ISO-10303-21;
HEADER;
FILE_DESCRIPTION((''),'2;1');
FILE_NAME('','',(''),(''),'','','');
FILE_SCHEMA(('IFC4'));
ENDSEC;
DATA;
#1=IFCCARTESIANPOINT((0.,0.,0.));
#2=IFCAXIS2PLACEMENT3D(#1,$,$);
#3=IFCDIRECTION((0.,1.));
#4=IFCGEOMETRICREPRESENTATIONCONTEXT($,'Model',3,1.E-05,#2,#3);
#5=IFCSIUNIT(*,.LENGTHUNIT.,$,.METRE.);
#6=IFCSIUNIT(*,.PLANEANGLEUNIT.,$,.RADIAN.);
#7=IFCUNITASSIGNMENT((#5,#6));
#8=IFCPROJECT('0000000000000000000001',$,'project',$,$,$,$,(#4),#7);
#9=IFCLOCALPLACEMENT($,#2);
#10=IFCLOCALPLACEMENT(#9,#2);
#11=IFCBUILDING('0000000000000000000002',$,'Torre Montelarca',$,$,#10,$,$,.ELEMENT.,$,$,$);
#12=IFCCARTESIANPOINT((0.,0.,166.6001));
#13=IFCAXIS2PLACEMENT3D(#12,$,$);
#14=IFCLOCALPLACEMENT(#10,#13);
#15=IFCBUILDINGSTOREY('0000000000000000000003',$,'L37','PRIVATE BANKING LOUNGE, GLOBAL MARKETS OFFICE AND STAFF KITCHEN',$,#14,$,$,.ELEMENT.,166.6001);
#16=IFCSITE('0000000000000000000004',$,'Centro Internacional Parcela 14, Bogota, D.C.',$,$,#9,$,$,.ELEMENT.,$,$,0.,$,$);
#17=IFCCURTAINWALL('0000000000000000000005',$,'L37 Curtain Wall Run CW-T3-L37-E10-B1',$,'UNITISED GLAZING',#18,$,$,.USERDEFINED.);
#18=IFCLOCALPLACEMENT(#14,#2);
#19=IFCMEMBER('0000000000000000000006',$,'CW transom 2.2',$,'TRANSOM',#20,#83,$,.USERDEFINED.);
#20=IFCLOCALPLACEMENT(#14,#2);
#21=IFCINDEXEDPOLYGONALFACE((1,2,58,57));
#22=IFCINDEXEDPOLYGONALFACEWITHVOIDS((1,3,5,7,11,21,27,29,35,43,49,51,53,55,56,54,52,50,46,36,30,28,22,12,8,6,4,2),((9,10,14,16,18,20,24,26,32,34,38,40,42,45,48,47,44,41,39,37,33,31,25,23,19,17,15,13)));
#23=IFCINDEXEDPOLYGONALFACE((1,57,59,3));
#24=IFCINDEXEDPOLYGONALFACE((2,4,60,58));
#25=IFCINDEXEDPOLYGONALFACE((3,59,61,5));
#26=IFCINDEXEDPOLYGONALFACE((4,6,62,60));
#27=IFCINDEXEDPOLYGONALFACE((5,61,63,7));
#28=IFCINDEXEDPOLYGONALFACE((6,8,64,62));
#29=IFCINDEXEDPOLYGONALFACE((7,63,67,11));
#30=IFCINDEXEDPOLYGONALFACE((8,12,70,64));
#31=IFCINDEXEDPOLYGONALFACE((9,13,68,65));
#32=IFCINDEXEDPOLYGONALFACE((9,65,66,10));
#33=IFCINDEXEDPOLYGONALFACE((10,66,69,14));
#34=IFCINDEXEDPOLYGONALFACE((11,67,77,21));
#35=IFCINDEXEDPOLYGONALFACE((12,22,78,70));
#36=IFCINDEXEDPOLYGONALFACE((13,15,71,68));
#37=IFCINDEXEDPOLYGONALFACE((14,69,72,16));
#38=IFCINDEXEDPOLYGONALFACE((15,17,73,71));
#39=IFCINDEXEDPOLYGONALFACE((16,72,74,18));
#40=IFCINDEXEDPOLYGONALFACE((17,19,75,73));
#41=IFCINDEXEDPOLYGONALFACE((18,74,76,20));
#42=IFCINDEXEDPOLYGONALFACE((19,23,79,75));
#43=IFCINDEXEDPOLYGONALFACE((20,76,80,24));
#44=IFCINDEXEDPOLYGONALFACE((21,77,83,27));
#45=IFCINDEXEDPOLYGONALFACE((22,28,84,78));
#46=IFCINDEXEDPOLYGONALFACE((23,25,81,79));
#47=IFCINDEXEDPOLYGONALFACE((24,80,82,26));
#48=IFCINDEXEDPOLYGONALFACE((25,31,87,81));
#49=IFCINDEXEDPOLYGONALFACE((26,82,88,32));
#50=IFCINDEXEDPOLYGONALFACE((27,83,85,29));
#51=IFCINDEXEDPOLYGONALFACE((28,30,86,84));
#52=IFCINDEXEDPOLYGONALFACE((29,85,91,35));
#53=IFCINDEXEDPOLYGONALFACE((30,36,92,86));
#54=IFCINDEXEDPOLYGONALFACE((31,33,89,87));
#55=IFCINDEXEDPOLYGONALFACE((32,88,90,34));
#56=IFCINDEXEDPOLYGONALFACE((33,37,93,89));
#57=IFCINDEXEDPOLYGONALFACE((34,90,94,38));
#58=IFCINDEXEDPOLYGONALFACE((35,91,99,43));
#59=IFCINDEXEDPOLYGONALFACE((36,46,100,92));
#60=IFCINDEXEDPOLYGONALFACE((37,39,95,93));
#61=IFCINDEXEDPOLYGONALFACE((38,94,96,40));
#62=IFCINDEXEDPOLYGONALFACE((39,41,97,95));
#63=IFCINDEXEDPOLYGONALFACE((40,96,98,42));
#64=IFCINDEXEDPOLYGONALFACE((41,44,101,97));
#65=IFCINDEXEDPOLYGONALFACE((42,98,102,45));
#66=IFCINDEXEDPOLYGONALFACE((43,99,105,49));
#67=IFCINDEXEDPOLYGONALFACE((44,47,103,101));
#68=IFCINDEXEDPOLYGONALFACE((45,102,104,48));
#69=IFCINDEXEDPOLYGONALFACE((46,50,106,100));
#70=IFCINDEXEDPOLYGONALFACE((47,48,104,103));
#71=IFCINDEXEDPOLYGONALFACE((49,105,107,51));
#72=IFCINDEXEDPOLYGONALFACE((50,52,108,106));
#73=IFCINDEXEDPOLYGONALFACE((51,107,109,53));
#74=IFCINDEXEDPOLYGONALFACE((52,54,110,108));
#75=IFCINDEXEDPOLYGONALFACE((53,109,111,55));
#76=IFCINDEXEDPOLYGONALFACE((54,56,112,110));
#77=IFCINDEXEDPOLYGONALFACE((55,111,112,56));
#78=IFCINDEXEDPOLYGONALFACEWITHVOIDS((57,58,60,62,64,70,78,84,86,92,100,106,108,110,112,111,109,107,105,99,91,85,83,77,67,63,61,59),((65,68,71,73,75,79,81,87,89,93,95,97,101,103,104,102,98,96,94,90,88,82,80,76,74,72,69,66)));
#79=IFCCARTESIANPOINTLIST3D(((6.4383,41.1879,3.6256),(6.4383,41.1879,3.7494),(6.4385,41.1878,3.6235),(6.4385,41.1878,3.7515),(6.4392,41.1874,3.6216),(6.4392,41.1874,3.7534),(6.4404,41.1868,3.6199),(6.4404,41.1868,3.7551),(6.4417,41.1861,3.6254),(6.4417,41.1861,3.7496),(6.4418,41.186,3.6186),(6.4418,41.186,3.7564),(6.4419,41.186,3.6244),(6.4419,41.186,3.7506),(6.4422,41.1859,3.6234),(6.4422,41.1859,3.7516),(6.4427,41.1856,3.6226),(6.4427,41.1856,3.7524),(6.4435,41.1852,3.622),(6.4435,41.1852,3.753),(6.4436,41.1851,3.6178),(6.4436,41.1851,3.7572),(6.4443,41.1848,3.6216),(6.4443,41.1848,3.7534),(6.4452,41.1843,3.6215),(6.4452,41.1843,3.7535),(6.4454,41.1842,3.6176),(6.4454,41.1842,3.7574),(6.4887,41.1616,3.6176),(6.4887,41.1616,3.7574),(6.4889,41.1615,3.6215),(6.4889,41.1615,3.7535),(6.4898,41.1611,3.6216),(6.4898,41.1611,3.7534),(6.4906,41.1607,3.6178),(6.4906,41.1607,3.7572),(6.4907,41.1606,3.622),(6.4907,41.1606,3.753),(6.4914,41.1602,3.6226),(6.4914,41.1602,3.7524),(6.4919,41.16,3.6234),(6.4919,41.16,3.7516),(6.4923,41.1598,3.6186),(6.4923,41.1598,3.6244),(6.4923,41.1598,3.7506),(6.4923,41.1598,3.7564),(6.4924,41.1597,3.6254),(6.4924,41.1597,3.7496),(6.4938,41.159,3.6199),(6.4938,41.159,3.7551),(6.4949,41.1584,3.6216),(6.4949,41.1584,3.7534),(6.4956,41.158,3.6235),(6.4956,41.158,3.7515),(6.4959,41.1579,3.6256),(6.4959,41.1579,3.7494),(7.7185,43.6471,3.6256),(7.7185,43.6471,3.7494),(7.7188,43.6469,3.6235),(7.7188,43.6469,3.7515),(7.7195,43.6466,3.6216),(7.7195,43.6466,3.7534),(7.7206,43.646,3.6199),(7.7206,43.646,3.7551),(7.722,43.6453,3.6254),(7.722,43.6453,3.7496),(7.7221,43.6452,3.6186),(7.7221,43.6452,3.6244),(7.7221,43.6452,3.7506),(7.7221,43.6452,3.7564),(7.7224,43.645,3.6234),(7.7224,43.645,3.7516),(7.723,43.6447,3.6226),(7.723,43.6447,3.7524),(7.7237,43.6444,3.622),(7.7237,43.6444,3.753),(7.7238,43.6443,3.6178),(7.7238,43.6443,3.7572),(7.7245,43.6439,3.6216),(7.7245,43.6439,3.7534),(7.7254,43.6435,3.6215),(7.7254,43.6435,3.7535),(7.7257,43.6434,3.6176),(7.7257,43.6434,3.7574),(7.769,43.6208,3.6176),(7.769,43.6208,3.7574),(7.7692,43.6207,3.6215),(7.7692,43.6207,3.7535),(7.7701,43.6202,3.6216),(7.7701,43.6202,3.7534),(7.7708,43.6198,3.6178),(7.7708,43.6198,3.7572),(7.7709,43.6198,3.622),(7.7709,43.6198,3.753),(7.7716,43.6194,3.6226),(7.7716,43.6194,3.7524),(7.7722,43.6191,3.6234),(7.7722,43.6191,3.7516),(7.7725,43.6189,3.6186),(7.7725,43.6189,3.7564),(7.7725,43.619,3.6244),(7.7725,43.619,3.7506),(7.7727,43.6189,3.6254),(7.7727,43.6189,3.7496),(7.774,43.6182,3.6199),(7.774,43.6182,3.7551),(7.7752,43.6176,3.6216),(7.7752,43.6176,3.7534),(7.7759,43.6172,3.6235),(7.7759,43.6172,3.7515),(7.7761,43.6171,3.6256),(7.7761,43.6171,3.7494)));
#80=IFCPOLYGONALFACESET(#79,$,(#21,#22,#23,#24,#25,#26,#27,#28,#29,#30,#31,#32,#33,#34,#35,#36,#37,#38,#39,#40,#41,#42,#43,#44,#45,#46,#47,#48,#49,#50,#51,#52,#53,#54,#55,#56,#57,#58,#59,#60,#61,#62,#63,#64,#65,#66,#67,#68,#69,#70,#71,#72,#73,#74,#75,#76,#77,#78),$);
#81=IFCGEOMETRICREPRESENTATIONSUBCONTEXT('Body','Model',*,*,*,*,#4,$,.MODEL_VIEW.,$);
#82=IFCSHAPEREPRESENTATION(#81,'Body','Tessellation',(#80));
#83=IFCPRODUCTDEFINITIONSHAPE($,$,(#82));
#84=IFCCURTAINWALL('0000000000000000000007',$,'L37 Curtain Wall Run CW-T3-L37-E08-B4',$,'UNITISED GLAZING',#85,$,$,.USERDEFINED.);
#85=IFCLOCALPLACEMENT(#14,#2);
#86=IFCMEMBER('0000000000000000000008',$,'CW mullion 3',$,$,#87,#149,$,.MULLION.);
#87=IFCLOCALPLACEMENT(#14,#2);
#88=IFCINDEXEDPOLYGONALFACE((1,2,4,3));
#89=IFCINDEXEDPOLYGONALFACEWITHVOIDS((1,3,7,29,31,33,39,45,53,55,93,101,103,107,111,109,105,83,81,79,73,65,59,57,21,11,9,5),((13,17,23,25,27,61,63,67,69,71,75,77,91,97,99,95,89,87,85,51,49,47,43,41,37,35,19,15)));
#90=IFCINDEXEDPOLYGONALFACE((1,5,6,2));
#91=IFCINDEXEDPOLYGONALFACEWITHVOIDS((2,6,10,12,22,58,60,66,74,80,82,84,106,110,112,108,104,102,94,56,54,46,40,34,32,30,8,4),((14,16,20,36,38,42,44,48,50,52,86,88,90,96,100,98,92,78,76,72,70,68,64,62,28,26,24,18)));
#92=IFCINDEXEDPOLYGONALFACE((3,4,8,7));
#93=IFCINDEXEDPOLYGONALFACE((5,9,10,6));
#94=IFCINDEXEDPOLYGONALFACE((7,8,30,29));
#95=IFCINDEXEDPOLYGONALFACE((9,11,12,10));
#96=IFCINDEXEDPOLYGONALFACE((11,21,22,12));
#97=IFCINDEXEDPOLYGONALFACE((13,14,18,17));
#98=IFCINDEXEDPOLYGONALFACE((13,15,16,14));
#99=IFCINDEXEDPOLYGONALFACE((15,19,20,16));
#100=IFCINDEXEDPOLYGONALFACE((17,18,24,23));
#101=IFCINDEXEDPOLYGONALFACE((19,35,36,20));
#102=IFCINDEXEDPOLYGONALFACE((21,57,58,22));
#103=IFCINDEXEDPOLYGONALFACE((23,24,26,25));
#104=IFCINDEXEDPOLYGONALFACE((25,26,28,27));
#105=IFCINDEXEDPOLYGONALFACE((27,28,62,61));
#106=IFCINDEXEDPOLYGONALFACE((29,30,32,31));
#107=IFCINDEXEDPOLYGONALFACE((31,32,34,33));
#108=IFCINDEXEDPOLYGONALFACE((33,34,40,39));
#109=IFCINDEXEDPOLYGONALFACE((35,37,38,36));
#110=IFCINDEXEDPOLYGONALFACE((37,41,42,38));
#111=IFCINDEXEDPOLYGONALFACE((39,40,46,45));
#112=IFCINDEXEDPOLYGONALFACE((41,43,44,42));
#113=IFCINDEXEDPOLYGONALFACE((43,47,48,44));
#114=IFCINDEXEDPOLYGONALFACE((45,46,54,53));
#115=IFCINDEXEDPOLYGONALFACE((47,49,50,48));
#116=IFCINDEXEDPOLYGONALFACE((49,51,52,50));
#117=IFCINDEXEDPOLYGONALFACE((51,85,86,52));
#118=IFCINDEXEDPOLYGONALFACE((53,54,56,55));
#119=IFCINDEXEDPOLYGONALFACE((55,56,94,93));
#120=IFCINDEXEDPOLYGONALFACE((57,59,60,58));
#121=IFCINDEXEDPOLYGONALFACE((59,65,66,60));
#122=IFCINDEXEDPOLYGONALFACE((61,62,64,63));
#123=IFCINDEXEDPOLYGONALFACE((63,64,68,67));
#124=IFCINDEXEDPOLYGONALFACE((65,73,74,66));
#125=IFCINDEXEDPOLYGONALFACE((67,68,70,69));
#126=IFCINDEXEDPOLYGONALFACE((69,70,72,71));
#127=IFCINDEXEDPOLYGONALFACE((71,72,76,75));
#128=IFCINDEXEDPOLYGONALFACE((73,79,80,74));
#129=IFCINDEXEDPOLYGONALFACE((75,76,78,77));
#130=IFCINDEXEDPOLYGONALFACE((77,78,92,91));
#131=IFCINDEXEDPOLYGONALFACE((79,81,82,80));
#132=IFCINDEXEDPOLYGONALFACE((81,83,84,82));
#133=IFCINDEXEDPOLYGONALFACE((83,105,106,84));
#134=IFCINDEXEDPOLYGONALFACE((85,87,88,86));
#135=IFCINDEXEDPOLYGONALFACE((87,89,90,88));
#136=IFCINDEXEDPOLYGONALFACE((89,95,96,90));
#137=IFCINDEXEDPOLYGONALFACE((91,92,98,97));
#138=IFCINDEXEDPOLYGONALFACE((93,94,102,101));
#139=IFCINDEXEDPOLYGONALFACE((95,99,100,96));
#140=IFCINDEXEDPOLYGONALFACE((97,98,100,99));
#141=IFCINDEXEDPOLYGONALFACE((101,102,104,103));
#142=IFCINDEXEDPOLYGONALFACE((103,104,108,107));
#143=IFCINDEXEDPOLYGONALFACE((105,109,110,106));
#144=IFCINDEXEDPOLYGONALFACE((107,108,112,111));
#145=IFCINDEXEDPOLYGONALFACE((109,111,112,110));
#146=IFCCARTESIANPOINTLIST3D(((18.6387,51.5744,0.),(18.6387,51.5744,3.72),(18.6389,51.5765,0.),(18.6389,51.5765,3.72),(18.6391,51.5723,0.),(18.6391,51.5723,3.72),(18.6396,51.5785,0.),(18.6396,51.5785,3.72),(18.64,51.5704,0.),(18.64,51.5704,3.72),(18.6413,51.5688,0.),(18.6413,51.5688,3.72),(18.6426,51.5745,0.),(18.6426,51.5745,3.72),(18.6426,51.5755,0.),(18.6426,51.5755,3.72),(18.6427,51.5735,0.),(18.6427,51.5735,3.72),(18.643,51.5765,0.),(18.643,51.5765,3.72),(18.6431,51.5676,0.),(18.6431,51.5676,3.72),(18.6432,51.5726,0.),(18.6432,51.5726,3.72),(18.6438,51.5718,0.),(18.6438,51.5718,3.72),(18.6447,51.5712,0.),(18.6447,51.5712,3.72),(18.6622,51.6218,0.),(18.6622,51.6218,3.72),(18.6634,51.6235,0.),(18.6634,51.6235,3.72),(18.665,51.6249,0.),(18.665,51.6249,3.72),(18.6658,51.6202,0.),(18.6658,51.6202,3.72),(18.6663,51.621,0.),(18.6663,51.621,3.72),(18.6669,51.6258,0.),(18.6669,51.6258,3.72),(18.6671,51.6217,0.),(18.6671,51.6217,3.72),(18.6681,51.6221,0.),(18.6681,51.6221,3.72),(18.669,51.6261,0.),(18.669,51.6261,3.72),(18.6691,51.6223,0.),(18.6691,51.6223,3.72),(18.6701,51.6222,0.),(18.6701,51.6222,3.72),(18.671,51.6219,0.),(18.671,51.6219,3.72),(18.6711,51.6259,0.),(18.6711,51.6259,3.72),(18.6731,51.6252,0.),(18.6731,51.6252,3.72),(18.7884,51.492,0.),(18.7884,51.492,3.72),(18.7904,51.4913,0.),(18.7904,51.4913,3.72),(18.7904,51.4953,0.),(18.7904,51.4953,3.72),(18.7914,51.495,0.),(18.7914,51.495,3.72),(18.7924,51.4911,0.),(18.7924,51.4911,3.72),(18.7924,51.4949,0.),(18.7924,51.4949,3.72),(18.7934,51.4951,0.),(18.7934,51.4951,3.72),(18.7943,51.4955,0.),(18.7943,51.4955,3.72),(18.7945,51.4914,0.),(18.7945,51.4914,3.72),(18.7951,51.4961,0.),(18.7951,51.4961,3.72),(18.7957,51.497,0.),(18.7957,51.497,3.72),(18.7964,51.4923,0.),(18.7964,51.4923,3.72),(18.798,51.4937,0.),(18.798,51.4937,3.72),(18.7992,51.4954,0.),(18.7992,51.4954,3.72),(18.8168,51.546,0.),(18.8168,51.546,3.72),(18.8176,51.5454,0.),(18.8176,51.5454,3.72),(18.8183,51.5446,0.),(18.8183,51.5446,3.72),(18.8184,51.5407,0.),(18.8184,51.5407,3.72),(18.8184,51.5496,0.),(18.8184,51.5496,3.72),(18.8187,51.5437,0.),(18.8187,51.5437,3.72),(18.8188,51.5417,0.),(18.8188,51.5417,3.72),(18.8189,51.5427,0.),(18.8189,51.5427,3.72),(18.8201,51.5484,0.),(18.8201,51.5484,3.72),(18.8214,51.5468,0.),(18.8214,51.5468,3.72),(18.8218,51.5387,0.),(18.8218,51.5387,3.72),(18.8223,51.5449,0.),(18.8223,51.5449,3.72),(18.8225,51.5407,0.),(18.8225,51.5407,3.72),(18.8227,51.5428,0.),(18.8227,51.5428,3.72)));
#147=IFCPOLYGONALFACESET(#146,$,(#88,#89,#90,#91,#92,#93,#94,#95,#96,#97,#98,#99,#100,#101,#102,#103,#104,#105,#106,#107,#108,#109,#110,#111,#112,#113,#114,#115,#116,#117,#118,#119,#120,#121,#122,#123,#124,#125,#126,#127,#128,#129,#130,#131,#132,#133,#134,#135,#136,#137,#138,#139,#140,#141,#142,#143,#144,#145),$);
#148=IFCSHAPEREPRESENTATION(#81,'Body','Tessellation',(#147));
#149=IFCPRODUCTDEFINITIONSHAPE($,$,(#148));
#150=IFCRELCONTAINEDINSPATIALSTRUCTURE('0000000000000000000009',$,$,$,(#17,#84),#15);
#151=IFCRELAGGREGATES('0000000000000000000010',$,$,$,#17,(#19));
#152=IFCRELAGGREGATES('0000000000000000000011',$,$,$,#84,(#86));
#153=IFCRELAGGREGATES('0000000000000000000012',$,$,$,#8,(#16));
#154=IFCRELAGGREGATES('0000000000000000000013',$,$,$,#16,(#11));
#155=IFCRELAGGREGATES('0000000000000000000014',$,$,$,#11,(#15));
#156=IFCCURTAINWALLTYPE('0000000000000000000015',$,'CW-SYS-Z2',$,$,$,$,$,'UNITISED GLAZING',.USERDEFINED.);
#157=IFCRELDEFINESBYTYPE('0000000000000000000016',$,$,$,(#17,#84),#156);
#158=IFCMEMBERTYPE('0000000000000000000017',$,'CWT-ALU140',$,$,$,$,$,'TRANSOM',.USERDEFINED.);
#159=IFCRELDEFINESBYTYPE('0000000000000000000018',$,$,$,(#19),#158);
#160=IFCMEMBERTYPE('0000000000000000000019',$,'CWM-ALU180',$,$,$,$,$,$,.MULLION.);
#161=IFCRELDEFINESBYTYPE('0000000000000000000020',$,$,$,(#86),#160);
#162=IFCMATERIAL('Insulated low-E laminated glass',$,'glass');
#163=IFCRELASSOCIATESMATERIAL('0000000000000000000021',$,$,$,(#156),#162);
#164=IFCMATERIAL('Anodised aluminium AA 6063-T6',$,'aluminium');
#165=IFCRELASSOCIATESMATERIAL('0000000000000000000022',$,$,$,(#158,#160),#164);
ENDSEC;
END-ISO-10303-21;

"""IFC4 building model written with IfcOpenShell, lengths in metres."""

from ifc_helpers import new_model, si_unit, direction, frame, origin, origin_2d, place, context, subcontext, project, spatial, hollow_rectangle, extrude, source, transform, mapped, material, material_profile, profile_set, type_object, element, aggregate, save


model = new_model("IFC4")

# Units and contexts
model_context = context("Model", 3, precision=1e-05, world=origin(), true_north=direction((0.0, 1.0)))
body_context = subcontext(model_context, "Body", "Model", "MODEL_VIEW")
ifc_project = project(units=[si_unit("LENGTHUNIT", "METRE"), si_unit("PLANEANGLEUNIT", "RADIAN")], contexts=[model_context])

# Site, building, storey
site_placement = place(None, origin())
site = spatial("IfcSite", under=ifc_project, at=site_placement, Name="Centro Internacional Parcela 14, Bogota, D.C.", CompositionType="ELEMENT", RefElevation=0.0)
building_placement = place(site_placement, origin())
building = spatial("IfcBuilding", under=site, at=building_placement, Name="Torre Montelarca", CompositionType="ELEMENT")
storey_placement = place(building_placement, frame((0.0, 0.0, 166.6001)))
storey = spatial("IfcBuildingStorey", under=building, at=storey_placement, Name="L37", Description="PRIVATE BANKING LOUNGE, GLOBAL MARKETS OFFICE AND STAFF KITCHEN", CompositionType="ELEMENT", Elevation=166.6001)

# Curtain wall, member
ifc_material_1 = material(Name="Insulated low-E laminated glass", Category="glass")
curtain_wall_type = type_object("IfcCurtainWallType", Name="CW-SYS-Z2", ElementType="UNITISED GLAZING", PredefinedType="USERDEFINED", material=ifc_material_1)
ifc_material_2 = material(Name="Anodised aluminium AA 6063-T6", Category="aluminium")
ifc_material_profile_1 = material_profile(ifc_material_2, hollow_rectangle(XDim=0.0649, YDim=0.1399, WallThickness=0.0039, InnerFilletRadius=0.0039, OuterFilletRadius=0.0081, at=origin_2d()), Name="ALU65X140X4", Category="aluminium")
ifc_profile_set_1 = profile_set([ifc_material_profile_1], Name="Anodised aluminium AA 6063-T6")
member_type_1 = type_object("IfcMemberType", Name="CWT-ALU140", ElementType="TRANSOM", PredefinedType="USERDEFINED", material=ifc_profile_set_1)
curtain_wall_1_placement = place(storey_placement, origin())
curtain_wall_1 = element("IfcCurtainWall", 1, at=curtain_wall_1_placement, inside=storey, type_object=curtain_wall_type, Name="L37 Curtain Wall Run CW-T3-L37-E10-B1", ObjectType="UNITISED GLAZING", PredefinedType="USERDEFINED")
shared_shape_1 = source(origin(), body_context, "Body", "SweptSolid", [
    extrude(hollow_rectangle(XDim=0.0649, YDim=0.1399, WallThickness=0.0039, InnerFilletRadius=0.0039, OuterFilletRadius=0.0081, at=origin_2d()), origin(), (0.0, 0.0, 1.0), 2.7725),
])
member_1_placement = place(storey_placement, frame((7.7473, 43.6321, 3.6875), z_axis=(-0.461771, -0.886999, 0.0), x_axis=(0.886999, -0.461771, 0.0)))
member_1 = element("IfcMember", 2, at=member_1_placement, type_object=member_type_1, Name="CW transom 2.2", ObjectType="TRANSOM", PredefinedType="USERDEFINED", context=body_context, shape_type="MappedRepresentation", body=[
    mapped(shared_shape_1, transform((0.0, 0.0, 0.0), scale=1.0)),
])

# Curtain wall, member
curtain_wall_2_placement = place(storey_placement, origin())
curtain_wall_2 = element("IfcCurtainWall", 3, at=curtain_wall_2_placement, inside=storey, type_object=curtain_wall_type, Name="L37 Curtain Wall Run CW-T3-L37-E08-B4", ObjectType="UNITISED GLAZING", PredefinedType="USERDEFINED")
ifc_material_profile_2 = material_profile(ifc_material_2, hollow_rectangle(XDim=0.0649, YDim=0.1799, WallThickness=0.0039, InnerFilletRadius=0.0039, OuterFilletRadius=0.0081, at=origin_2d()), Name="ALU65X180X4", Category="aluminium")
ifc_profile_set_2 = profile_set([ifc_material_profile_2], Name="Anodised aluminium AA 6063-T6")
member_type_2 = type_object("IfcMemberType", Name="CWM-ALU180", PredefinedType="MULLION", material=ifc_profile_set_2)
shared_shape_2 = source(origin(), body_context, "Body", "SweptSolid", [
    extrude(hollow_rectangle(XDim=0.0649, YDim=0.1799, WallThickness=0.0039, InnerFilletRadius=0.0039, OuterFilletRadius=0.0081, at=origin_2d()), origin(), (0.0, 0.0, 1.0), 3.72),
])
member_2_placement = place(storey_placement, frame((18.7307, 51.5586, 0.0), z_axis=(0.0, 0.0, 1.0), x_axis=(-0.461745, -0.887013, 0.0)))
member_2 = element("IfcMember", 4, at=member_2_placement, type_object=member_type_2, Name="CW mullion 3", PredefinedType="MULLION", context=body_context, shape_type="MappedRepresentation", body=[
    mapped(shared_shape_2, transform((0.0, 0.0, 0.0), scale=1.0)),
])

aggregate(curtain_wall_1, [member_1])
aggregate(curtain_wall_2, [member_2])

save(model, "model.ifc")
